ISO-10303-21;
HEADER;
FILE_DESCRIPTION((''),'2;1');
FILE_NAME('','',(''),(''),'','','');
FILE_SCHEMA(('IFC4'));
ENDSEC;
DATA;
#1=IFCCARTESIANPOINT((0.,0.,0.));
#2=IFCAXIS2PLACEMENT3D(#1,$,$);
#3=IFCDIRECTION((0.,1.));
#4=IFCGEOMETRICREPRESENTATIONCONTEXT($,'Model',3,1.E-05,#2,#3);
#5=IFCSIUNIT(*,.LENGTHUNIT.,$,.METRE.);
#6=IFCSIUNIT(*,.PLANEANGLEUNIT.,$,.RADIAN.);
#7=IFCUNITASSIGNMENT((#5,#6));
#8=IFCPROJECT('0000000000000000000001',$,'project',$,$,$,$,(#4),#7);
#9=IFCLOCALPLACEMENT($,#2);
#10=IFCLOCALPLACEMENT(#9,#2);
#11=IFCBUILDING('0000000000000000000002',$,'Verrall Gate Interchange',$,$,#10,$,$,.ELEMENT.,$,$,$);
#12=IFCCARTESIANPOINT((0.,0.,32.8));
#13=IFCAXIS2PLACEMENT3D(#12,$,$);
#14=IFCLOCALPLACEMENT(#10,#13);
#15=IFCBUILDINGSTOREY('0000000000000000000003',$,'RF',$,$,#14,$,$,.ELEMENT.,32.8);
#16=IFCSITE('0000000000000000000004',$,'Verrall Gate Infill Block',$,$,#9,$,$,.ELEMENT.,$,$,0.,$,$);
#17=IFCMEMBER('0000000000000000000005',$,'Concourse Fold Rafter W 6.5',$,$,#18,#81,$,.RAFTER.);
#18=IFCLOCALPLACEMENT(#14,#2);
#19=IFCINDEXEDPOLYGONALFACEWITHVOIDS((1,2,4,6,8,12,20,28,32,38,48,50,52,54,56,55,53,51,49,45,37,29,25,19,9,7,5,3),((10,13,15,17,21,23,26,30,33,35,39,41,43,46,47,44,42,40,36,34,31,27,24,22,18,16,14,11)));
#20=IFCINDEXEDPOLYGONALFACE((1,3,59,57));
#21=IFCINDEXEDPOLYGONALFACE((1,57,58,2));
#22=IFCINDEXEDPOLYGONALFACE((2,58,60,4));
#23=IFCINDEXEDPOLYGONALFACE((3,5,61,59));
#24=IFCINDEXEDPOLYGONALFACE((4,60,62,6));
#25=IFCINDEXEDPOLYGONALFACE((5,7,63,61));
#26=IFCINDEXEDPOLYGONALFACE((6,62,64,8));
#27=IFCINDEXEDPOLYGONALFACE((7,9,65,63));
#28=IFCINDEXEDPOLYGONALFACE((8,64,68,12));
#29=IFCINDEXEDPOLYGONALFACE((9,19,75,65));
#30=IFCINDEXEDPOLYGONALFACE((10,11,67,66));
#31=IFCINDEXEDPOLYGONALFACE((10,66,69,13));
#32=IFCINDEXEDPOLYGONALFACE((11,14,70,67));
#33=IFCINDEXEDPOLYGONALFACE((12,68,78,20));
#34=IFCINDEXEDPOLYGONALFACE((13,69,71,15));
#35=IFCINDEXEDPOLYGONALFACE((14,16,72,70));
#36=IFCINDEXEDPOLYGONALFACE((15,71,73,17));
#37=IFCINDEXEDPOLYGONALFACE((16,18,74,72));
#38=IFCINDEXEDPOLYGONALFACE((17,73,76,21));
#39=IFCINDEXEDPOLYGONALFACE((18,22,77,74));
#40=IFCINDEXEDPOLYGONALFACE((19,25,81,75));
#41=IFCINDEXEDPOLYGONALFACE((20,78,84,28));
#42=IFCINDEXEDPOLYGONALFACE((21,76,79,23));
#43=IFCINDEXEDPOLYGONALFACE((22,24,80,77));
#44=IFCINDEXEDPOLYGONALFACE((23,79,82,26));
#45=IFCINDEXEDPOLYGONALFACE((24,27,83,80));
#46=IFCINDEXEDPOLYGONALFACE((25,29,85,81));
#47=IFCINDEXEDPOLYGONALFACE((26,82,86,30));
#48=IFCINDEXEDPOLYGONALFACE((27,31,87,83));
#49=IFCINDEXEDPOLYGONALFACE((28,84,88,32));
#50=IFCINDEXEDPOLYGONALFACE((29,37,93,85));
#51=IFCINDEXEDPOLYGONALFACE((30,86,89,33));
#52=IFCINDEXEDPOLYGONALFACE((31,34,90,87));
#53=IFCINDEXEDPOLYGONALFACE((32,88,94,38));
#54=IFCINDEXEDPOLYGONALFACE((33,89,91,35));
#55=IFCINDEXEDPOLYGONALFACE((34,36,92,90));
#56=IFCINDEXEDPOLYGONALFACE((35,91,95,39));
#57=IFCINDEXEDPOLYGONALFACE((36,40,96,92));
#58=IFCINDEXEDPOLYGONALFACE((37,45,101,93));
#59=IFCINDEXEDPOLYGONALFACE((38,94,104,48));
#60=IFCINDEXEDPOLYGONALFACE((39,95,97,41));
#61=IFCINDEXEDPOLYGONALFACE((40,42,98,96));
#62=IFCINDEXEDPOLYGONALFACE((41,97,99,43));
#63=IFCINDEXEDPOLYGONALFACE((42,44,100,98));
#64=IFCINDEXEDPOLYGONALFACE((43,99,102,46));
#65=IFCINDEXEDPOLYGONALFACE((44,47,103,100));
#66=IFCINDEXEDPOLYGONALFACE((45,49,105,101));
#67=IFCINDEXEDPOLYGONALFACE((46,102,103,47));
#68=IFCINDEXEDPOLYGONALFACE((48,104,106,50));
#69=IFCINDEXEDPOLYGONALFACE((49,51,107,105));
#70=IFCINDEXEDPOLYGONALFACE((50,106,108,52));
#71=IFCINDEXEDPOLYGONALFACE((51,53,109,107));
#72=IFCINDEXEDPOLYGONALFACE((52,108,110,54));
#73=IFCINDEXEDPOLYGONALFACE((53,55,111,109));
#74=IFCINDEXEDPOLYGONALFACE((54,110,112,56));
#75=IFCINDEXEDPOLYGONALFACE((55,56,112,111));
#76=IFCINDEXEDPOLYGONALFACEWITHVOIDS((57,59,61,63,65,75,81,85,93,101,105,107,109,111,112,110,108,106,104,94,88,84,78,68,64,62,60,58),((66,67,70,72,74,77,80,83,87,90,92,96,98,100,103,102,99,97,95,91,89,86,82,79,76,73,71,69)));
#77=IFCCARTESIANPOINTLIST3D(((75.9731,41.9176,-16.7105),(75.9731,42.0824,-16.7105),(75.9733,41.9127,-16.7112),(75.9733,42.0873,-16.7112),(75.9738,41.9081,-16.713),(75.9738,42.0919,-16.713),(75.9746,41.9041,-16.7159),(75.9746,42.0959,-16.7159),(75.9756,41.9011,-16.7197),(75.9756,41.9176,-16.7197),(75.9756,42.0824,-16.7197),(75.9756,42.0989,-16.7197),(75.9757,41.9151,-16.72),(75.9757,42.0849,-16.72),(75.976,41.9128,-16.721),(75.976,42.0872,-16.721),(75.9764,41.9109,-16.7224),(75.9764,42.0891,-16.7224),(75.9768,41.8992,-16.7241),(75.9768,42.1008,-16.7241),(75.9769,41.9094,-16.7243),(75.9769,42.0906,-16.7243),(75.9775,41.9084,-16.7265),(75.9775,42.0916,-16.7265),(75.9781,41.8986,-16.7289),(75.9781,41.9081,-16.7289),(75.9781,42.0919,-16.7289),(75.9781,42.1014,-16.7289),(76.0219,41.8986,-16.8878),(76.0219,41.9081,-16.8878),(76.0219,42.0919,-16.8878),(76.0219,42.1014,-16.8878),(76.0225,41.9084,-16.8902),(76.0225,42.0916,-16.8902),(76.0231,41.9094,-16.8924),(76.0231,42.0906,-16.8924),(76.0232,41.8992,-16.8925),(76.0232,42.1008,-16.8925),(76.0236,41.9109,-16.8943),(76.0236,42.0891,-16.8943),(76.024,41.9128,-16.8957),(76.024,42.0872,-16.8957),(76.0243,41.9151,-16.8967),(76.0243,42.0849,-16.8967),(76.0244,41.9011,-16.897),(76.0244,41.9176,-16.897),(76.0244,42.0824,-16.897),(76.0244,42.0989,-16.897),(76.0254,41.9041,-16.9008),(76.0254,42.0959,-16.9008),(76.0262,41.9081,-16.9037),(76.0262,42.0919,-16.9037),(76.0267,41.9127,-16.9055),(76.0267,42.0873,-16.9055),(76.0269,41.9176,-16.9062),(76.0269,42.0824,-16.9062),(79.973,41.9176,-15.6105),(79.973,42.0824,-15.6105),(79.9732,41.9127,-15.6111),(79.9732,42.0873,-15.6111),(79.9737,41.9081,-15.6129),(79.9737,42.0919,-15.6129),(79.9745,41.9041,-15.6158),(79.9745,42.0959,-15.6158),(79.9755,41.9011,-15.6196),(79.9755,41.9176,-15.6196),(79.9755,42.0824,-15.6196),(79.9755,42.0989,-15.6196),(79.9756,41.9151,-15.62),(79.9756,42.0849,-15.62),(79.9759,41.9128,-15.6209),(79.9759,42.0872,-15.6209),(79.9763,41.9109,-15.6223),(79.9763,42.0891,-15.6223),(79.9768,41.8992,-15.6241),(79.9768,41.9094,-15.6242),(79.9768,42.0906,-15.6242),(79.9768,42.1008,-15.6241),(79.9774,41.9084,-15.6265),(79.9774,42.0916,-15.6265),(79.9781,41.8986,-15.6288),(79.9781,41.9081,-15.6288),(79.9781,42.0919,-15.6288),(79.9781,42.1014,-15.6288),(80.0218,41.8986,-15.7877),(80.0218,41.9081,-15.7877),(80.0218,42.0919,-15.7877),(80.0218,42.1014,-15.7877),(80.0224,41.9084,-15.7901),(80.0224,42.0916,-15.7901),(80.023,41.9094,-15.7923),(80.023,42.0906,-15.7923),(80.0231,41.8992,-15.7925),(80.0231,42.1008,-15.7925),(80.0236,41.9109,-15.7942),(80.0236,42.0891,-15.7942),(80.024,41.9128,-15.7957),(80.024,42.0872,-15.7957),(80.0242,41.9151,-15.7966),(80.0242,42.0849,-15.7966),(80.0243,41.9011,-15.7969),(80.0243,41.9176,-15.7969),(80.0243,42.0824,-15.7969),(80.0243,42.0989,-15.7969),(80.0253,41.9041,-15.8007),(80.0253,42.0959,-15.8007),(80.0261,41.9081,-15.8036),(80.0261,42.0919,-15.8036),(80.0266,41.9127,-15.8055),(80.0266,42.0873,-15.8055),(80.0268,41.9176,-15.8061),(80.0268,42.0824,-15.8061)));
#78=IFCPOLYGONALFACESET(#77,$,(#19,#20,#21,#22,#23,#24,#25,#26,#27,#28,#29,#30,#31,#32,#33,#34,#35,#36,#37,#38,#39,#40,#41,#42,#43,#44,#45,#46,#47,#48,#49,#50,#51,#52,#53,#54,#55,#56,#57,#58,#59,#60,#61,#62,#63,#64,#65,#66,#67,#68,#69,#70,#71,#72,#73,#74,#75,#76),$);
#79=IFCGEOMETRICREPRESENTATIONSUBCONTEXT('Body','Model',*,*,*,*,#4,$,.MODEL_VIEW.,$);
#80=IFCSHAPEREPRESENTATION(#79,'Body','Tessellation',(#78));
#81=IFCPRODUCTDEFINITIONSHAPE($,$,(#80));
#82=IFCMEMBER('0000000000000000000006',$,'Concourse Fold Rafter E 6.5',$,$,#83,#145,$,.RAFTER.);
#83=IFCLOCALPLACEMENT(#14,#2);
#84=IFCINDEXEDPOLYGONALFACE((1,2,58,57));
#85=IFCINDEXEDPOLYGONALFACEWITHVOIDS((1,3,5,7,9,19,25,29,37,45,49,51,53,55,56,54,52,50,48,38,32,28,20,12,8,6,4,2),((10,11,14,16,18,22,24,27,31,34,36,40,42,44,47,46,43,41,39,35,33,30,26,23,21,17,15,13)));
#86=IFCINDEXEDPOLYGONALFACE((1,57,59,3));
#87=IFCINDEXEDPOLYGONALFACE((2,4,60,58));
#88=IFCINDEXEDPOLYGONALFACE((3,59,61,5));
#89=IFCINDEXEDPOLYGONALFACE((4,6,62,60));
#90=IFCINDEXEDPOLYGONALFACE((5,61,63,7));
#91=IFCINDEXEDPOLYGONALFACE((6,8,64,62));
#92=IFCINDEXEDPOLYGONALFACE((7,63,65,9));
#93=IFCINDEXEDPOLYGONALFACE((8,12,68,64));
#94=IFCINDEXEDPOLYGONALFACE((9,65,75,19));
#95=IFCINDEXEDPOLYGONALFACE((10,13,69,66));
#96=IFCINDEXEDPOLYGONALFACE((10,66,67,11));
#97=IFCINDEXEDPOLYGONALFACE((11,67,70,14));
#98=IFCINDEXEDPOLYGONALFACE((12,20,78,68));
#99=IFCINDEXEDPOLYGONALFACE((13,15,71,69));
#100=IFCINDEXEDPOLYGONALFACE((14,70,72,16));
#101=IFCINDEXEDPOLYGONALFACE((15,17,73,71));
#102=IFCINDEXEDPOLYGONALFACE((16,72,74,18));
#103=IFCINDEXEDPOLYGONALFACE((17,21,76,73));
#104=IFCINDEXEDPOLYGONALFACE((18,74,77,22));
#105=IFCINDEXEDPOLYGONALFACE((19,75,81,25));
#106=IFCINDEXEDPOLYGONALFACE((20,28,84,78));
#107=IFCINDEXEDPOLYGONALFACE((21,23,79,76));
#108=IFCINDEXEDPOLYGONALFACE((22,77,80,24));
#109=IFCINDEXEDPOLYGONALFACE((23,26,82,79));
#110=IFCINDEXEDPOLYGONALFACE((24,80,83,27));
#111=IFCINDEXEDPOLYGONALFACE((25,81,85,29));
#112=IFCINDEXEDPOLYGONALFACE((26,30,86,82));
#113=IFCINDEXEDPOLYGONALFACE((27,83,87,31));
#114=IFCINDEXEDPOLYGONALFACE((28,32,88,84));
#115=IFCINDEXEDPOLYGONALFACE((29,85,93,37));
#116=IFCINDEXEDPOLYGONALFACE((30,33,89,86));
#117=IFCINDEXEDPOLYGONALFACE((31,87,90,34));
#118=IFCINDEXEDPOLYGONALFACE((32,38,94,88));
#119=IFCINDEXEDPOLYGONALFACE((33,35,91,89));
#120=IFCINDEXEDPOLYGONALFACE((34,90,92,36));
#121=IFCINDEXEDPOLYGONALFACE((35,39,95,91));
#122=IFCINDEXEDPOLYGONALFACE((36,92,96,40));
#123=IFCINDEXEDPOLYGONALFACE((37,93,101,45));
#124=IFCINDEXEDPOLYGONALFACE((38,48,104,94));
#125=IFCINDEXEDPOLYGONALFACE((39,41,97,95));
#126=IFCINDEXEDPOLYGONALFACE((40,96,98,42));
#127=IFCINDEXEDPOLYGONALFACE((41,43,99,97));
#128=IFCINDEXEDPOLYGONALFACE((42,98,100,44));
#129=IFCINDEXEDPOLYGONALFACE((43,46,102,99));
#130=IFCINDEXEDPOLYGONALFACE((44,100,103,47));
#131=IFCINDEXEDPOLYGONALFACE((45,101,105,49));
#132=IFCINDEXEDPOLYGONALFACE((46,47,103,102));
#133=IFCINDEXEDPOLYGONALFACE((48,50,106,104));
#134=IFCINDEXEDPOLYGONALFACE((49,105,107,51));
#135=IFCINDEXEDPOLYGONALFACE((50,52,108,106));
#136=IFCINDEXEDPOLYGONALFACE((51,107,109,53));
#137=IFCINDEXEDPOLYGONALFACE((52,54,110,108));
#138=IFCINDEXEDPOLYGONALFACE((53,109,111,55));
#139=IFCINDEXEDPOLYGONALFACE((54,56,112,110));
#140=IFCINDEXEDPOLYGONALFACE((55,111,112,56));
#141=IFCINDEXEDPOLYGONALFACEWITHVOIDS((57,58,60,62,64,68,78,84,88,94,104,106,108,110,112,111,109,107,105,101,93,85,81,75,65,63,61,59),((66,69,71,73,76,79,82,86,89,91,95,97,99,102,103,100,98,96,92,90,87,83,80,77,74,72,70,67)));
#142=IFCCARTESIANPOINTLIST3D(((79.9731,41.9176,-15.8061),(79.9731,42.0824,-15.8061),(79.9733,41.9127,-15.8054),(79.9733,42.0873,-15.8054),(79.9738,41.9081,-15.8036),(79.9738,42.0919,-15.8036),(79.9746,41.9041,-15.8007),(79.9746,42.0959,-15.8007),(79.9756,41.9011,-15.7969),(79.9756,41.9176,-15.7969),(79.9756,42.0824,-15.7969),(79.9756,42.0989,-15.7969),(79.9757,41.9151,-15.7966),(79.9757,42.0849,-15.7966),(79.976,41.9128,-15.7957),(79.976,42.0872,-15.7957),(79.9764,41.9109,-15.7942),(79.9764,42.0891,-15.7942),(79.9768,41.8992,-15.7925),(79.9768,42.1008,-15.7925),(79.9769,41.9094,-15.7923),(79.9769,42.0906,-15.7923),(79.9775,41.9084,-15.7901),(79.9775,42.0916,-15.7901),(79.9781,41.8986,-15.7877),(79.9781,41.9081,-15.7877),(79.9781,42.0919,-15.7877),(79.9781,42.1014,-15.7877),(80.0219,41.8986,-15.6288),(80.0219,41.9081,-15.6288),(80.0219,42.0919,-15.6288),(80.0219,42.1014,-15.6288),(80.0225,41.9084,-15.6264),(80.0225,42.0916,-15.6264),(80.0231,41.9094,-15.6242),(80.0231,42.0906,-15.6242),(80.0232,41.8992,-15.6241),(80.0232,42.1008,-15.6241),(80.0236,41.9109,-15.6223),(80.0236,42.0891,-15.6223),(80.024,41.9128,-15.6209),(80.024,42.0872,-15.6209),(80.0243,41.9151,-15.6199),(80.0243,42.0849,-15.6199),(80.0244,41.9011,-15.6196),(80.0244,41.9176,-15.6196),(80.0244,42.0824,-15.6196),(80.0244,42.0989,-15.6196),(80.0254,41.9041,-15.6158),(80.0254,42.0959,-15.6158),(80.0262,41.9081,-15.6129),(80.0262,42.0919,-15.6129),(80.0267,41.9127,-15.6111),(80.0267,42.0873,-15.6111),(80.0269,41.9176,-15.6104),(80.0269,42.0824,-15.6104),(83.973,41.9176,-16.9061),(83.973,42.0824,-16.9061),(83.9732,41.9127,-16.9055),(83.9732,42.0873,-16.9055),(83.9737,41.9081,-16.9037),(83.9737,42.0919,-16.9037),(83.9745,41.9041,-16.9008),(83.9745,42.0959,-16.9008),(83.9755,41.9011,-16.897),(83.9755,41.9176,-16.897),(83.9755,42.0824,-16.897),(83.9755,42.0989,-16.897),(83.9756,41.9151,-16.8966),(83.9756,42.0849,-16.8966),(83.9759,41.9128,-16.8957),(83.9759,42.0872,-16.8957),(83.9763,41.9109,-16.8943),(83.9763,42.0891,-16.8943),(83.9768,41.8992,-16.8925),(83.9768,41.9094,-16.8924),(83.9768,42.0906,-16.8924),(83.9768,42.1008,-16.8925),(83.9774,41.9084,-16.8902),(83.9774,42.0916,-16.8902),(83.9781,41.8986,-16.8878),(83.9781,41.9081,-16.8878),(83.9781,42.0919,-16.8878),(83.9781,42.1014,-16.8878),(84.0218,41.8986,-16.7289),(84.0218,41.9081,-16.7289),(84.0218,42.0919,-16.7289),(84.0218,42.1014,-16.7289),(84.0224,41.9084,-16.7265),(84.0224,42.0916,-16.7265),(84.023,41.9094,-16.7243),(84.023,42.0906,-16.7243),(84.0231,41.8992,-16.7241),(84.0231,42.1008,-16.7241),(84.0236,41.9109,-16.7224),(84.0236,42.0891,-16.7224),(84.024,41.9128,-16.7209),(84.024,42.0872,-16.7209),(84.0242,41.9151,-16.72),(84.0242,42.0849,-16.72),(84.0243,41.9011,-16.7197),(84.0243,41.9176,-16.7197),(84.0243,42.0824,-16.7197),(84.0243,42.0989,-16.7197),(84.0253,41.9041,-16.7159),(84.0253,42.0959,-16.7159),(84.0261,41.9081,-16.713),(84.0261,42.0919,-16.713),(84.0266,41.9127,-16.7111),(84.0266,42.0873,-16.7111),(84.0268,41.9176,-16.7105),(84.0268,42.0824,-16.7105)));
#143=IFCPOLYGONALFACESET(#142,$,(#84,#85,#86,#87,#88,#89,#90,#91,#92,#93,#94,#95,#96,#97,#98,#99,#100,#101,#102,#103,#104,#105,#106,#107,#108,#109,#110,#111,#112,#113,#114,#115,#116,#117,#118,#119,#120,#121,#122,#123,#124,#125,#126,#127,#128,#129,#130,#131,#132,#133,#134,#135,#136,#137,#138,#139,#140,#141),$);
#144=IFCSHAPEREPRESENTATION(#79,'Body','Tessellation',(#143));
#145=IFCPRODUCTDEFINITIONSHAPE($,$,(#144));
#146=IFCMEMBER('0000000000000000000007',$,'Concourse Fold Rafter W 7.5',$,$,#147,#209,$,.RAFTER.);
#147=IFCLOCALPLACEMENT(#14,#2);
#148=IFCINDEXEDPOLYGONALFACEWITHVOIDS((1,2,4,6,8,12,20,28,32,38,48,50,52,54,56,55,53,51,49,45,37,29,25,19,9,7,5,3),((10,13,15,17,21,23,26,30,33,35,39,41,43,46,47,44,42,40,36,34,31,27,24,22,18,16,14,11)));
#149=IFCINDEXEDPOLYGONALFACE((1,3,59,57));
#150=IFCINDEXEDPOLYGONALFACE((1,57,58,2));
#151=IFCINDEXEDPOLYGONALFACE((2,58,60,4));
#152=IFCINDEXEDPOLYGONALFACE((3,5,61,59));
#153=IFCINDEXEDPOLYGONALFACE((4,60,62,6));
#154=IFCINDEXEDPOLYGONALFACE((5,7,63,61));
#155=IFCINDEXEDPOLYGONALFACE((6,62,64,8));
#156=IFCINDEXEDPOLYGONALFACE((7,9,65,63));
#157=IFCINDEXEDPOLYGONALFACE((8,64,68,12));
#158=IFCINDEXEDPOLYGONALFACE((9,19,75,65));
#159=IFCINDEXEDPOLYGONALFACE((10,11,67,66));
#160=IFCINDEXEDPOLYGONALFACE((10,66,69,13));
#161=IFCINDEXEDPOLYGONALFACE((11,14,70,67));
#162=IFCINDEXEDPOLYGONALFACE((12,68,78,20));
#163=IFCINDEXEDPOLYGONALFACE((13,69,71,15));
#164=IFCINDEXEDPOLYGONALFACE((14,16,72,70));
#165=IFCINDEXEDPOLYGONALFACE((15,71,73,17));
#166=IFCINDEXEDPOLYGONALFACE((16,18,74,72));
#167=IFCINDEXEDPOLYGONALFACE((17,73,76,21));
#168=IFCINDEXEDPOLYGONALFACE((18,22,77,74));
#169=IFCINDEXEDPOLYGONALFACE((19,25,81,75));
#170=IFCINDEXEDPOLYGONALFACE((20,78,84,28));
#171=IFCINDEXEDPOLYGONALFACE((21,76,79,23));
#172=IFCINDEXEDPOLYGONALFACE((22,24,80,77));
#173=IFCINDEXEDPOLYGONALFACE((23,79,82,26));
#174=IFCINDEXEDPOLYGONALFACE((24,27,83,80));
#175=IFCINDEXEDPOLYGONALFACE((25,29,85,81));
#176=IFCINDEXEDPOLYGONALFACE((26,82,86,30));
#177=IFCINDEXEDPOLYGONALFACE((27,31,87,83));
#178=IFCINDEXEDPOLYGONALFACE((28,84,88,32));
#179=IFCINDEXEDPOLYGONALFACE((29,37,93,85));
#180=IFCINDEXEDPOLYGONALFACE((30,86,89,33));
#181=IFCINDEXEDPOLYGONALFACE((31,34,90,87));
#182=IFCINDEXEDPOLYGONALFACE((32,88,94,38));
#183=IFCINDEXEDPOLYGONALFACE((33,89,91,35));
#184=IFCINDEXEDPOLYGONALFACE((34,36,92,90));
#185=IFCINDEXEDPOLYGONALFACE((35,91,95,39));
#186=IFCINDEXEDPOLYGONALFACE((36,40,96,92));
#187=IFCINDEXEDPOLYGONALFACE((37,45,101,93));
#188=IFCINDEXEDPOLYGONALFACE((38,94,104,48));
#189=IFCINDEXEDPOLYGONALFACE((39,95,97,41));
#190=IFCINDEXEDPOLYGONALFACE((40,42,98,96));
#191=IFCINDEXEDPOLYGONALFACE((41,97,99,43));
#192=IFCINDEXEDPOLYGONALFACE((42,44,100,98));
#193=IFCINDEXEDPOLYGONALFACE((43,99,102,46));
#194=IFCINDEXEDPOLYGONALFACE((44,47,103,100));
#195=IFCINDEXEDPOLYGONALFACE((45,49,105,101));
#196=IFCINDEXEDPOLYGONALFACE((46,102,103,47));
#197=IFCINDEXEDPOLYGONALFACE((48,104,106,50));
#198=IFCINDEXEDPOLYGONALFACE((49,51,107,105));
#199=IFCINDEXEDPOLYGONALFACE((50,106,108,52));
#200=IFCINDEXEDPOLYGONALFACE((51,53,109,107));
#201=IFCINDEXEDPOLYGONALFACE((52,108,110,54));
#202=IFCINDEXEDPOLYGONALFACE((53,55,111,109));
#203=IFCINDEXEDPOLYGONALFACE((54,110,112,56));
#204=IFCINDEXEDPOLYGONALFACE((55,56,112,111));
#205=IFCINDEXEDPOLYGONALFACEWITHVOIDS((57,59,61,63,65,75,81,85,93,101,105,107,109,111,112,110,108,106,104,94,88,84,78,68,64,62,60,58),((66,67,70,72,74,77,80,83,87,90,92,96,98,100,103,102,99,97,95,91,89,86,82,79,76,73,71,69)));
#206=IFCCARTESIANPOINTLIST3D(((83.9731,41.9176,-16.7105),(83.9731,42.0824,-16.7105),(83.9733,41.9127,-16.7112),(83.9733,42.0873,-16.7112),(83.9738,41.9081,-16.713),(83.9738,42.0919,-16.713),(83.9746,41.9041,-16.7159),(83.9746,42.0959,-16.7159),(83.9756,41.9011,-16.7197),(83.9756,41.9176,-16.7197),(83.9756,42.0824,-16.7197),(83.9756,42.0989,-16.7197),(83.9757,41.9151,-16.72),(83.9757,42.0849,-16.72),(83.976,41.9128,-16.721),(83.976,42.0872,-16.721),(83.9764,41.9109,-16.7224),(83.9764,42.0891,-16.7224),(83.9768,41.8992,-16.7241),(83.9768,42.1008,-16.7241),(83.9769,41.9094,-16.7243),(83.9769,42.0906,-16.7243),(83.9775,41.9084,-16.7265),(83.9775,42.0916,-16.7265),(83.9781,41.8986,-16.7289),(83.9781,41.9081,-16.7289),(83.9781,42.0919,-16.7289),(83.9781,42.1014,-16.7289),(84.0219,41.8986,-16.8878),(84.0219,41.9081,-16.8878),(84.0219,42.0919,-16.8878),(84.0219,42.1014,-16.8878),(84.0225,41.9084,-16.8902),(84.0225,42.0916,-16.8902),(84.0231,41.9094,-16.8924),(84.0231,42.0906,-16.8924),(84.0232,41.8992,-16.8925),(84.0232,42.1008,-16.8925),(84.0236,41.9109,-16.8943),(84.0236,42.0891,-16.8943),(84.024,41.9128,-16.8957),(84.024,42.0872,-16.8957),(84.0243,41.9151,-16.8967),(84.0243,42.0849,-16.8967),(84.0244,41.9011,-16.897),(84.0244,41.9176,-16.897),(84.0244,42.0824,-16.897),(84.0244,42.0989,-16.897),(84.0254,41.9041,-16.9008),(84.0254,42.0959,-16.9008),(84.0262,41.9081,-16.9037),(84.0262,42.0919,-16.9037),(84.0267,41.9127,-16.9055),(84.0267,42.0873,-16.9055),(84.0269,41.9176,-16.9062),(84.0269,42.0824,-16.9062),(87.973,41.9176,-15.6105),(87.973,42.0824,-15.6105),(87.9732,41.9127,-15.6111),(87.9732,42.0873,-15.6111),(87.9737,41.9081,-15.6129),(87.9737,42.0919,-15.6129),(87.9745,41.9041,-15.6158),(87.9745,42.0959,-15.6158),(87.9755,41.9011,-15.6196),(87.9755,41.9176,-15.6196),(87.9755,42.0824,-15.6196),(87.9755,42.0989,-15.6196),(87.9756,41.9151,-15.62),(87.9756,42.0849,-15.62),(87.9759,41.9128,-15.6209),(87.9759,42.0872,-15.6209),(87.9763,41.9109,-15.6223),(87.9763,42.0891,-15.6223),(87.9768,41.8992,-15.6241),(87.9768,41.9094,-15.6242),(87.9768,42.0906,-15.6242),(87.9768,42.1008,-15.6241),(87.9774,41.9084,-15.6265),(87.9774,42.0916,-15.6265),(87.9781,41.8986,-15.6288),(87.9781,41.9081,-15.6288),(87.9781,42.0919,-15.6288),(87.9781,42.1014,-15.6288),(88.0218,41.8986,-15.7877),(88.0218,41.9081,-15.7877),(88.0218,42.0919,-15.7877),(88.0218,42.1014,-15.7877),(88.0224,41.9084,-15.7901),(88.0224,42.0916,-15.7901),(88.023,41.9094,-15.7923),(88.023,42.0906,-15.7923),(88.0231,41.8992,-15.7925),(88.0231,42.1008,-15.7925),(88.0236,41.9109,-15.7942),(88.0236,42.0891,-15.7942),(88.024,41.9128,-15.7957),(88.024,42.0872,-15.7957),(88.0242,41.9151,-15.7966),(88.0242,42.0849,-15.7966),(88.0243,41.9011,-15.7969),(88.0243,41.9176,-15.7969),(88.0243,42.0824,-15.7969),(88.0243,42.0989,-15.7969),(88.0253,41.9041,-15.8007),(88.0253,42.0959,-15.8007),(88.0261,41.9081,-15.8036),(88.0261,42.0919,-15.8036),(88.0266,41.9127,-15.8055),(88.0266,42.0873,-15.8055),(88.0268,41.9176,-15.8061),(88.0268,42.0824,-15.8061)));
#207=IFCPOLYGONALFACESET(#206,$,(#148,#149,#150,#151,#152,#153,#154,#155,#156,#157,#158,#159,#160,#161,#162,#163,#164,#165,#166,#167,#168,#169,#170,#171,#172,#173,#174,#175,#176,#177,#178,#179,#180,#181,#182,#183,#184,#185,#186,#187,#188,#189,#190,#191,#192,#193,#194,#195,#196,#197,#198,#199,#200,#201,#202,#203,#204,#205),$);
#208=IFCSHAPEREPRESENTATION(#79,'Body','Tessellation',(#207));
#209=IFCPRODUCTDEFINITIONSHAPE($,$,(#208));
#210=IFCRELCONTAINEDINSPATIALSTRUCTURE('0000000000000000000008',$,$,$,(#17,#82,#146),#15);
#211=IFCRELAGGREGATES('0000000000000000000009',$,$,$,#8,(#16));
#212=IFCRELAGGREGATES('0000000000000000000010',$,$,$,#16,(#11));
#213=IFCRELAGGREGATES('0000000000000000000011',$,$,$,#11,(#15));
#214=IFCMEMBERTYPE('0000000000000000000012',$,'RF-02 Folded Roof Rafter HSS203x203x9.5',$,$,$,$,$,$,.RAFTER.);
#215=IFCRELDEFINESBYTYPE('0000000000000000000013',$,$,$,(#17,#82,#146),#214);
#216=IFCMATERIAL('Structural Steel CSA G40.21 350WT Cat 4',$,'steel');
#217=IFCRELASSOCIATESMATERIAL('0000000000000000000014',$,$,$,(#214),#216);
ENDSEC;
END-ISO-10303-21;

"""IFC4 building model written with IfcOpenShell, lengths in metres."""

from ifc_helpers import new_model, si_unit, direction, frame, origin, origin_2d, place, context, subcontext, project, spatial, hollow_rectangle, extrude, material, material_profile, profile_set, type_object, element, save


model = new_model("IFC4")

# Units and contexts
model_context = context("Model", 3, precision=1e-05, world=origin(), true_north=direction((0.0, 1.0)))
body_context = subcontext(model_context, "Body", "Model", "MODEL_VIEW")
ifc_project = project(units=[si_unit("LENGTHUNIT", "METRE"), si_unit("PLANEANGLEUNIT", "RADIAN")], contexts=[model_context])

# Site, building, storey
site_placement = place(None, origin())
site = spatial("IfcSite", under=ifc_project, at=site_placement, Name="Verrall Gate Infill Block", CompositionType="ELEMENT", RefElevation=0.0)
building_placement = place(site_placement, origin())
building = spatial("IfcBuilding", under=site, at=building_placement, Name="Verrall Gate Interchange", CompositionType="ELEMENT")
storey_placement = place(building_placement, frame((0.0, 0.0, 32.8)))
storey = spatial("IfcBuildingStorey", under=building, at=storey_placement, Name="RF", CompositionType="ELEMENT", Elevation=32.8)

# Members
ifc_material_1 = material(Name="Structural Steel CSA G40.21 350WT Cat 4", Category="steel")
ifc_material_profile_1 = material_profile(ifc_material_1, hollow_rectangle(XDim=0.2029, YDim=0.2029, WallThickness=0.0095, InnerFilletRadius=0.0095, OuterFilletRadius=0.019, at=origin_2d()), Name="HSS203x203x9.5")
ifc_profile_set_1 = profile_set([ifc_material_profile_1], Name="Structural Steel CSA G40.21 350WT Cat 4")
member_type_1 = type_object("IfcMemberType", Name="RF-02 Folded Roof Rafter HSS203x203x9.5", PredefinedType="RAFTER", material=ifc_profile_set_1)
for number, where, z_axis, x_axis, name in (
    (1, (76.0, 42.0, -16.8083), (0.964199, 0.0, 0.265178), (0.0, 1.0, 0.0), "Concourse Fold Rafter W 6.5"),
    (2, (80.0, 42.0, -15.7083), (0.964199, 0.0, -0.265178), (0.0, 1.0, 0.0), "Concourse Fold Rafter E 6.5"),
    (3, (84.0, 42.0, -16.8083), (0.964199, 0.0, 0.265178), (0.0, 1.0, 0.0), "Concourse Fold Rafter W 7.5"),
):
    element("IfcMember", number, at=place(storey_placement, frame(where, z_axis=z_axis, x_axis=x_axis)), inside=storey, type_object=member_type_1, Name=name, PredefinedType="RAFTER", context=body_context, shape_type="SweptSolid", body=[
        extrude(hollow_rectangle(XDim=0.2029, YDim=0.2029, WallThickness=0.0095, InnerFilletRadius=0.0095, OuterFilletRadius=0.019, at=origin_2d()), origin(), (0.0, 0.0, 1.0), 4.1484),
    ])

save(model, "model.ifc")
